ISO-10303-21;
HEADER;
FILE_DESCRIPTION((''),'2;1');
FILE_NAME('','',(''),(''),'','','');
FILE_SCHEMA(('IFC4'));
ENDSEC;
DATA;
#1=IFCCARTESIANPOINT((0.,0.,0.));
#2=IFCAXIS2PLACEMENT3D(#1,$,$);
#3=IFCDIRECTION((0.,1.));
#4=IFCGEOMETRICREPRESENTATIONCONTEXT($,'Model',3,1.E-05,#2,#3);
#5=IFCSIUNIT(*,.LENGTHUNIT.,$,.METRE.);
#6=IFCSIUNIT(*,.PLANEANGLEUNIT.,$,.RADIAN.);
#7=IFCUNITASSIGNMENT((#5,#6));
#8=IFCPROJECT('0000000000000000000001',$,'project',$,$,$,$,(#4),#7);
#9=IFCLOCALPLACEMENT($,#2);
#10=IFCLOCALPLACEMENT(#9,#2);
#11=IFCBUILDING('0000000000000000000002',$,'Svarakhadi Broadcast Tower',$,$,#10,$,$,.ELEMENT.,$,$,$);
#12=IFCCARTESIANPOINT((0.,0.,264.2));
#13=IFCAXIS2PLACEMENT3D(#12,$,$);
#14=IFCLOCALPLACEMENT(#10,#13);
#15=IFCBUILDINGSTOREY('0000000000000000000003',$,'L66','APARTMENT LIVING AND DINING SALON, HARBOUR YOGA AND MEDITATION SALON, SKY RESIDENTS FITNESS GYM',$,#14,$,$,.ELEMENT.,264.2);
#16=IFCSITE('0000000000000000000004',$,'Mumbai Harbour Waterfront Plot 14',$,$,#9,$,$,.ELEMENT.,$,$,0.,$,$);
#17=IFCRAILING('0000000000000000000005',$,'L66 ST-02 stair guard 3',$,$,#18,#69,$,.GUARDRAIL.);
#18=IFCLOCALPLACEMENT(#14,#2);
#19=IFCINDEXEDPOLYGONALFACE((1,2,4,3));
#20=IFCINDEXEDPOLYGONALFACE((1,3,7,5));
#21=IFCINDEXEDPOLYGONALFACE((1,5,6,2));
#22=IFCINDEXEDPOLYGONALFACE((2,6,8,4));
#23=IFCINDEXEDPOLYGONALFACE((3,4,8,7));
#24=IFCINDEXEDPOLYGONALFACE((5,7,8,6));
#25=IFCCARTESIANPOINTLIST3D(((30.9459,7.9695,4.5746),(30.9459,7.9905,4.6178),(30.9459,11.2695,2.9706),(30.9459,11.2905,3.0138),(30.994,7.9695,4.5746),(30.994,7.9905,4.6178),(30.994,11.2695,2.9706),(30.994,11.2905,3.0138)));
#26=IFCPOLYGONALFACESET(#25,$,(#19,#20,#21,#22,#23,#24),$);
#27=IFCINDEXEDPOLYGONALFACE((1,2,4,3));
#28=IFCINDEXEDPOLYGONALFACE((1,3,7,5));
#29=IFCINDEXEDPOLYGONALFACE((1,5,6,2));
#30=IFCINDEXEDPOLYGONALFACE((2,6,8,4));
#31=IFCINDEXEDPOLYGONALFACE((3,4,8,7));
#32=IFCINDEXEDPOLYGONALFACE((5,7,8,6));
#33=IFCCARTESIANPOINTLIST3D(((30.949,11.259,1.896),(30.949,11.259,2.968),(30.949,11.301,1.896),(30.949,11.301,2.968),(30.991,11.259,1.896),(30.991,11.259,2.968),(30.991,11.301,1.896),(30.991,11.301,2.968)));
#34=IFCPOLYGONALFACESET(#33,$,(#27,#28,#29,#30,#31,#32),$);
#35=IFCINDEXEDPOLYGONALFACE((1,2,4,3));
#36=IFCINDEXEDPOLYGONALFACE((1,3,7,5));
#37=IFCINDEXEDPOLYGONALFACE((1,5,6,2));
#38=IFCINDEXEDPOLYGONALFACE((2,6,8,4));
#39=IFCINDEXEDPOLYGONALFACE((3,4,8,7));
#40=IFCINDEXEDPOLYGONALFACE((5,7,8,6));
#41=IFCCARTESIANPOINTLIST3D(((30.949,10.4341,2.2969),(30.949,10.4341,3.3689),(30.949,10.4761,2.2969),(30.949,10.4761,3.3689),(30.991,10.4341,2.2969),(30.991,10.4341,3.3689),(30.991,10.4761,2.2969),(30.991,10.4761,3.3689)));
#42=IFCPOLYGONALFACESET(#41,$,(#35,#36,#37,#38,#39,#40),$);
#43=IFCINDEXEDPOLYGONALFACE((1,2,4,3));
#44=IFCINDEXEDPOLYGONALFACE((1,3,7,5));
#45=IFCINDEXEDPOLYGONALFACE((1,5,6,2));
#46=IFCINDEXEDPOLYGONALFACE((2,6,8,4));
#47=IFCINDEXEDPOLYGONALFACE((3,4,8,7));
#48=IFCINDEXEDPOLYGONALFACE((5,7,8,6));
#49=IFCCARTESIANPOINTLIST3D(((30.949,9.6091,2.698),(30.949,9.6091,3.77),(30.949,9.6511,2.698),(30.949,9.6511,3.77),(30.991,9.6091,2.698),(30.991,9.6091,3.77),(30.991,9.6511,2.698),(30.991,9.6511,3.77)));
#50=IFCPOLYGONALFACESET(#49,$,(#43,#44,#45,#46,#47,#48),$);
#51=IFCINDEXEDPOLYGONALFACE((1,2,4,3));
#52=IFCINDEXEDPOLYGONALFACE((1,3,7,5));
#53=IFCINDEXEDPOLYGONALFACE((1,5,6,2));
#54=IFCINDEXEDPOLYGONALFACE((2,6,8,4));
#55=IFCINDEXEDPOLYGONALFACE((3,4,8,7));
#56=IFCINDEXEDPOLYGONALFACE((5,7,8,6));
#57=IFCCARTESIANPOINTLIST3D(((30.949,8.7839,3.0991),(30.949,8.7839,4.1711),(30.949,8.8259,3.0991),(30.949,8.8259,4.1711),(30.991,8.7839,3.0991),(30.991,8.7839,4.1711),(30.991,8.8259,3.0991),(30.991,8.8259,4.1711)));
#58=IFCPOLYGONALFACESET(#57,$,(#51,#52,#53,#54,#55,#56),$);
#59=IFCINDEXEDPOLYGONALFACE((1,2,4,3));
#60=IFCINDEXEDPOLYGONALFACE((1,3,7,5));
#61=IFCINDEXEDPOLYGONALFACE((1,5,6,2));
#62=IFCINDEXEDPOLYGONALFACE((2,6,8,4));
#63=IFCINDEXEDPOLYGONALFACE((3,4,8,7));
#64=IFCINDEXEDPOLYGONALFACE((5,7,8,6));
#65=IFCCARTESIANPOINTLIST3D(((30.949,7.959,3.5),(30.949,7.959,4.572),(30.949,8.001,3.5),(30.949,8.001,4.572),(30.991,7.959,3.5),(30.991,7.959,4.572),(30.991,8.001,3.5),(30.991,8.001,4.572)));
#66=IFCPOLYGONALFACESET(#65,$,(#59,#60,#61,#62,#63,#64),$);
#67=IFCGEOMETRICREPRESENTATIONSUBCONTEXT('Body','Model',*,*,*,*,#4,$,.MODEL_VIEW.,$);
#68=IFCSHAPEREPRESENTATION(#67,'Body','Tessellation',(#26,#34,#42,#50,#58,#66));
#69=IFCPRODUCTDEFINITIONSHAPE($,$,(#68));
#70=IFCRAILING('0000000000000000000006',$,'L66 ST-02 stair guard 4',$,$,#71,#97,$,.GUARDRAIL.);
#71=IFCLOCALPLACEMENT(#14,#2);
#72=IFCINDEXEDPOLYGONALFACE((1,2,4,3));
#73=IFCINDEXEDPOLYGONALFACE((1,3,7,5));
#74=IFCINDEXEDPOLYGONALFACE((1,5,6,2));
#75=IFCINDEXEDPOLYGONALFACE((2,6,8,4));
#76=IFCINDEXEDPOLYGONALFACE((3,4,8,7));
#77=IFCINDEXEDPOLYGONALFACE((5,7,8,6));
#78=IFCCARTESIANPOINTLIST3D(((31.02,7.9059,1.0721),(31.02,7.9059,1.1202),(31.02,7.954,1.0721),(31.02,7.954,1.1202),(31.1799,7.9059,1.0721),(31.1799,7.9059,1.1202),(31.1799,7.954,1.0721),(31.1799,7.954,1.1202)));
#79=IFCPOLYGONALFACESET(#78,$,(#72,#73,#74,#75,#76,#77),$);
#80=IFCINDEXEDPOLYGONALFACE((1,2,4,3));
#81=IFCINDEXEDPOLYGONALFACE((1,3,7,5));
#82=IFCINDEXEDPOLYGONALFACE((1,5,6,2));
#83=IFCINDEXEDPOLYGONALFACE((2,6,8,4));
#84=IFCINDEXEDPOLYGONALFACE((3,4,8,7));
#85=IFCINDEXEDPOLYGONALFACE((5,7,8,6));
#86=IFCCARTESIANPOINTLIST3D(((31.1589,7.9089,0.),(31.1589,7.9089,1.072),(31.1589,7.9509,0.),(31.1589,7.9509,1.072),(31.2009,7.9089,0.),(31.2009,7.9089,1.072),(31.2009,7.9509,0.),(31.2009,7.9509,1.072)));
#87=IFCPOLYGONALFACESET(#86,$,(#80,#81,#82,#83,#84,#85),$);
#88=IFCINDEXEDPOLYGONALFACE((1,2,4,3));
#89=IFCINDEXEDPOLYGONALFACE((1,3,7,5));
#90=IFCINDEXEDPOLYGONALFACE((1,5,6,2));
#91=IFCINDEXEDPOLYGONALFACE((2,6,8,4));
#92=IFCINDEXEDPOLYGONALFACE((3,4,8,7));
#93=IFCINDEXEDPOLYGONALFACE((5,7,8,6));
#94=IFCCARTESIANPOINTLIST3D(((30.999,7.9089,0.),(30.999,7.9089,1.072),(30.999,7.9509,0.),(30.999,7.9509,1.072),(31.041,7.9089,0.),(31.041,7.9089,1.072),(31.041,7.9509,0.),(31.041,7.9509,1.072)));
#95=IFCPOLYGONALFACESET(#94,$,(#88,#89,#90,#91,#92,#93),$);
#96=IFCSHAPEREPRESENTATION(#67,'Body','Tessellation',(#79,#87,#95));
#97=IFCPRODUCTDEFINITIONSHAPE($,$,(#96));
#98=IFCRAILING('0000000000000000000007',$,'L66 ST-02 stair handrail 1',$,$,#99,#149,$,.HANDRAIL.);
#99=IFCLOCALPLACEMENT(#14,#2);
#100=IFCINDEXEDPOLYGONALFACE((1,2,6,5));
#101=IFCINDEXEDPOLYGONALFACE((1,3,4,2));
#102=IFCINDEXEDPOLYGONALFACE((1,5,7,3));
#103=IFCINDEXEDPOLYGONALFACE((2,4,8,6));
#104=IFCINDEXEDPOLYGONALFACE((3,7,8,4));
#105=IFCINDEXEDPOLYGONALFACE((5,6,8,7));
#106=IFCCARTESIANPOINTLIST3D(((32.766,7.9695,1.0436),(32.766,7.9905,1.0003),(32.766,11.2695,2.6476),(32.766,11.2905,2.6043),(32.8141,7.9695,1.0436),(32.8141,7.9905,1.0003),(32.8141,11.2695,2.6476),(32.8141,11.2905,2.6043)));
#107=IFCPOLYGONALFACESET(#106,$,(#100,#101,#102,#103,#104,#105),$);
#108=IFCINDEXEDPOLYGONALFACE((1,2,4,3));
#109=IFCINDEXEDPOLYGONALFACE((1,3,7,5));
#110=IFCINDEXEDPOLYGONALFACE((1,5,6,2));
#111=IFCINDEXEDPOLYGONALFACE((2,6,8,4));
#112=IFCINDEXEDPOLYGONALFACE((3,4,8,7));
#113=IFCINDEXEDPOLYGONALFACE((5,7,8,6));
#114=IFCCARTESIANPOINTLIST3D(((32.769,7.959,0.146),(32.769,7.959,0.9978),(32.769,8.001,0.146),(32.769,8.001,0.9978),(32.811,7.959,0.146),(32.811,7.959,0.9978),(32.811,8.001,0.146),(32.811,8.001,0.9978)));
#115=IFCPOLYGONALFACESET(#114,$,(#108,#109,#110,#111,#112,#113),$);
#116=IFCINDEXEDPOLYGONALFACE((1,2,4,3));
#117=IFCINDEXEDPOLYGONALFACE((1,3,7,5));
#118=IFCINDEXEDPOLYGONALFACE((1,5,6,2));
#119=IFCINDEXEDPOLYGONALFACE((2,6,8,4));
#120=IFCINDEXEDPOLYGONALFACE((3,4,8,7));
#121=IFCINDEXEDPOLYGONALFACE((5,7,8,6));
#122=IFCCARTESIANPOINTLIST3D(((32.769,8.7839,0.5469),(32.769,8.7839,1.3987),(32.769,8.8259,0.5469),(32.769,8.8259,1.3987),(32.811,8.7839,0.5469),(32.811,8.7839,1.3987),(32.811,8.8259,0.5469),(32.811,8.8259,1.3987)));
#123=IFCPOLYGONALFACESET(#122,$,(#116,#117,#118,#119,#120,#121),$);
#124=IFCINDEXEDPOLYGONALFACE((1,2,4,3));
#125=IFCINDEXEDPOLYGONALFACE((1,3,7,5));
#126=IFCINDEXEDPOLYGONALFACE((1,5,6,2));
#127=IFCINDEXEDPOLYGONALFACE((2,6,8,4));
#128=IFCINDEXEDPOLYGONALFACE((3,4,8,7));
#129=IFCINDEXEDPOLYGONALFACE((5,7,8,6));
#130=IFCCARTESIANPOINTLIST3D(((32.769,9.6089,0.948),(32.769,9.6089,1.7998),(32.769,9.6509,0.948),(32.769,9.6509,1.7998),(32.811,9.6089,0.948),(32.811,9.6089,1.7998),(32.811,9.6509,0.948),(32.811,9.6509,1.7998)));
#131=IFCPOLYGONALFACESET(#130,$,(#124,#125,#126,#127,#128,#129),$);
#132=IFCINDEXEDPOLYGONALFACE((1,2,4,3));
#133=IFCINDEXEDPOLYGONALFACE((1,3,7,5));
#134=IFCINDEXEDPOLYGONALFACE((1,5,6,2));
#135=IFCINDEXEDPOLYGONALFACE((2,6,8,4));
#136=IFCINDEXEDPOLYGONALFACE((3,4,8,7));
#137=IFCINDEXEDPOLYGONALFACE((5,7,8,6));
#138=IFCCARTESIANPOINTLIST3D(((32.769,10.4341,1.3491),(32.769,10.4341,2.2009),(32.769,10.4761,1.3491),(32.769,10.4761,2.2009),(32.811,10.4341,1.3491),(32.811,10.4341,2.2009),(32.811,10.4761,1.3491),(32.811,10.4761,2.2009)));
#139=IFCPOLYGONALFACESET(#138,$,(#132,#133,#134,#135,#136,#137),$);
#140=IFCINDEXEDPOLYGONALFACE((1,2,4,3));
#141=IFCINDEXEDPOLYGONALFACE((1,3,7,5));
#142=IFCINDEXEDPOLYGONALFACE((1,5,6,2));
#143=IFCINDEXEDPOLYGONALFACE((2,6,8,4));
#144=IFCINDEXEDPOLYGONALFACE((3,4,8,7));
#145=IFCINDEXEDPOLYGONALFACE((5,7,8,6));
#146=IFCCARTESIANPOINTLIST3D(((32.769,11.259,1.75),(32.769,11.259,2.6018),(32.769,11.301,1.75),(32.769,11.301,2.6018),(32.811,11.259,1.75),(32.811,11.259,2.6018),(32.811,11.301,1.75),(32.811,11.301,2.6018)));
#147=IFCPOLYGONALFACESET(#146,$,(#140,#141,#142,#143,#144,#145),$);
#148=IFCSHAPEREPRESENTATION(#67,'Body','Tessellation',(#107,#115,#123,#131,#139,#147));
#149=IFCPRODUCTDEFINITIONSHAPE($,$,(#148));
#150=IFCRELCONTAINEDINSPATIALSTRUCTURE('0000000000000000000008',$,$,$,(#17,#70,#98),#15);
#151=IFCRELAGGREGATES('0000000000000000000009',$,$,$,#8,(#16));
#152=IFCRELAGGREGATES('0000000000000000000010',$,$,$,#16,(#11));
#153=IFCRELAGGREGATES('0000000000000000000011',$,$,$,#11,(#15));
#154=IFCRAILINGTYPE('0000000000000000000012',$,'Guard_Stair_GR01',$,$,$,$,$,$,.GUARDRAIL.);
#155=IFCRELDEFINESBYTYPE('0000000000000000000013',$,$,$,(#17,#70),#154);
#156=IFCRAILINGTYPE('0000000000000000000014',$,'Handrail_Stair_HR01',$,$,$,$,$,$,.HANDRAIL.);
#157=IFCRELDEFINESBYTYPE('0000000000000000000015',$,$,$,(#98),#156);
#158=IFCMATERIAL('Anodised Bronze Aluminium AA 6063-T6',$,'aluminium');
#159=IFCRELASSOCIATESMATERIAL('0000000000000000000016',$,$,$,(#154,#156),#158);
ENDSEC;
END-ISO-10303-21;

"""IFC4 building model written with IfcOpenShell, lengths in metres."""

from ifc_helpers import new_model, si_unit, direction, frame, origin, origin_2d, place, context, subcontext, project, spatial, rectangle, extrude, material, type_object, element, save


model = new_model("IFC4")

# Units and contexts
model_context = context("Model", 3, precision=1e-05, world=origin(), true_north=direction((0.0, 1.0)))
body_context = subcontext(model_context, "Body", "Model", "MODEL_VIEW")
ifc_project = project(units=[si_unit("LENGTHUNIT", "METRE"), si_unit("PLANEANGLEUNIT", "RADIAN")], contexts=[model_context])

# Site, building, storey
site_placement = place(None, origin())
site = spatial("IfcSite", under=ifc_project, at=site_placement, Name="Mumbai Harbour Waterfront Plot 14", CompositionType="ELEMENT", RefElevation=0.0)
building_placement = place(site_placement, origin())
building = spatial("IfcBuilding", under=site, at=building_placement, Name="Svarakhadi Broadcast Tower", CompositionType="ELEMENT")
storey_placement = place(building_placement, frame((0.0, 0.0, 264.2)))
storey = spatial("IfcBuildingStorey", under=building, at=storey_placement, Name="L66", Description="APARTMENT LIVING AND DINING SALON, HARBOUR YOGA AND MEDITATION SALON, SKY RESIDENTS FITNESS GYM", CompositionType="ELEMENT", Elevation=264.2)

# Shared definitions
ifc_material_1 = material(Name="Anodised Bronze Aluminium AA 6063-T6", Category="aluminium")

# Railings
railing_type_1 = type_object("IfcRailingType", Name="Guard_Stair_GR01", PredefinedType="GUARDRAIL", material=ifc_material_1)
railing_1_placement = place(storey_placement, frame((30.97, 11.28, 1.896)))
element("IfcRailing", 1, at=railing_1_placement, inside=storey, type_object=railing_type_1, Name="L66 ST-02 stair guard 3", PredefinedType="GUARDRAIL", context=body_context, shape_type="SweptSolid", body=[
    extrude(rectangle(XDim=0.0481, YDim=0.0481, at=origin_2d()), frame((0.0, 0.0, 1.0962), z_axis=(0.0, -0.899388, 0.437152), x_axis=(1.0, 0.0, 0.0)), (0.0, 0.0, 1.0), 3.6692),
    extrude(rectangle(XDim=0.042, YDim=0.042, at=origin_2d()), origin(), (0.0, 0.0, 1.0), 1.072),
    extrude(rectangle(XDim=0.042, YDim=0.042, at=origin_2d()), frame((0.0, -0.825, 0.4009)), (0.0, 0.0, 1.0), 1.072),
    extrude(rectangle(XDim=0.042, YDim=0.042, at=origin_2d()), frame((0.0, -1.6499, 0.802)), (0.0, 0.0, 1.0), 1.072),
    extrude(rectangle(XDim=0.042, YDim=0.042, at=origin_2d()), frame((0.0, -2.4751, 1.2031)), (0.0, 0.0, 1.0), 1.072),
    extrude(rectangle(XDim=0.042, YDim=0.042, at=origin_2d()), frame((0.0, -3.3, 1.604)), (0.0, 0.0, 1.0), 1.072),
])
railing_2_placement = place(storey_placement, frame((31.1799, 7.9299, 0.0)))
element("IfcRailing", 2, at=railing_2_placement, inside=storey, type_object=railing_type_1, Name="L66 ST-02 stair guard 4", PredefinedType="GUARDRAIL", context=body_context, shape_type="SweptSolid", body=[
    extrude(rectangle(XDim=0.0481, YDim=0.0481, at=origin_2d()), frame((0.0, 0.0, 1.0962), z_axis=(-1.0, 0.0, 0.0), x_axis=(0.0, -1.0, 0.0)), (0.0, 0.0, 1.0), 0.1599),
    extrude(rectangle(XDim=0.042, YDim=0.042, at=origin_2d()), origin(), (0.0, 0.0, 1.0), 1.072),
    extrude(rectangle(XDim=0.042, YDim=0.042, at=origin_2d()), frame((-0.1599, 0.0, 0.0)), (0.0, 0.0, 1.0), 1.072),
])
railing_type_2 = type_object("IfcRailingType", Name="Handrail_Stair_HR01", PredefinedType="HANDRAIL", material=ifc_material_1)
railing_3_placement = place(storey_placement, frame((32.79, 7.98, 0.146)))
element("IfcRailing", 3, at=railing_3_placement, inside=storey, type_object=railing_type_2, Name="L66 ST-02 stair handrail 1", PredefinedType="HANDRAIL", context=body_context, shape_type="SweptSolid", body=[
    extrude(rectangle(XDim=0.0481, YDim=0.0481, at=origin_2d()), frame((0.0, 0.0, 0.876), z_axis=(0.0, 0.899388, 0.437152), x_axis=(-1.0, 0.0, 0.0)), (0.0, 0.0, 1.0), 3.6692),
    extrude(rectangle(XDim=0.042, YDim=0.042, at=origin_2d()), origin(), (0.0, 0.0, 1.0), 0.8518),
    extrude(rectangle(XDim=0.042, YDim=0.042, at=origin_2d()), frame((0.0, 0.825, 0.4009)), (0.0, 0.0, 1.0), 0.8518),
    extrude(rectangle(XDim=0.042, YDim=0.042, at=origin_2d()), frame((0.0, 1.6499, 0.802)), (0.0, 0.0, 1.0), 0.8518),
    extrude(rectangle(XDim=0.042, YDim=0.042, at=origin_2d()), frame((0.0, 2.4751, 1.2031)), (0.0, 0.0, 1.0), 0.8518),
    extrude(rectangle(XDim=0.042, YDim=0.042, at=origin_2d()), frame((0.0, 3.3, 1.604)), (0.0, 0.0, 1.0), 0.8518),
])

save(model, "model.ifc")
